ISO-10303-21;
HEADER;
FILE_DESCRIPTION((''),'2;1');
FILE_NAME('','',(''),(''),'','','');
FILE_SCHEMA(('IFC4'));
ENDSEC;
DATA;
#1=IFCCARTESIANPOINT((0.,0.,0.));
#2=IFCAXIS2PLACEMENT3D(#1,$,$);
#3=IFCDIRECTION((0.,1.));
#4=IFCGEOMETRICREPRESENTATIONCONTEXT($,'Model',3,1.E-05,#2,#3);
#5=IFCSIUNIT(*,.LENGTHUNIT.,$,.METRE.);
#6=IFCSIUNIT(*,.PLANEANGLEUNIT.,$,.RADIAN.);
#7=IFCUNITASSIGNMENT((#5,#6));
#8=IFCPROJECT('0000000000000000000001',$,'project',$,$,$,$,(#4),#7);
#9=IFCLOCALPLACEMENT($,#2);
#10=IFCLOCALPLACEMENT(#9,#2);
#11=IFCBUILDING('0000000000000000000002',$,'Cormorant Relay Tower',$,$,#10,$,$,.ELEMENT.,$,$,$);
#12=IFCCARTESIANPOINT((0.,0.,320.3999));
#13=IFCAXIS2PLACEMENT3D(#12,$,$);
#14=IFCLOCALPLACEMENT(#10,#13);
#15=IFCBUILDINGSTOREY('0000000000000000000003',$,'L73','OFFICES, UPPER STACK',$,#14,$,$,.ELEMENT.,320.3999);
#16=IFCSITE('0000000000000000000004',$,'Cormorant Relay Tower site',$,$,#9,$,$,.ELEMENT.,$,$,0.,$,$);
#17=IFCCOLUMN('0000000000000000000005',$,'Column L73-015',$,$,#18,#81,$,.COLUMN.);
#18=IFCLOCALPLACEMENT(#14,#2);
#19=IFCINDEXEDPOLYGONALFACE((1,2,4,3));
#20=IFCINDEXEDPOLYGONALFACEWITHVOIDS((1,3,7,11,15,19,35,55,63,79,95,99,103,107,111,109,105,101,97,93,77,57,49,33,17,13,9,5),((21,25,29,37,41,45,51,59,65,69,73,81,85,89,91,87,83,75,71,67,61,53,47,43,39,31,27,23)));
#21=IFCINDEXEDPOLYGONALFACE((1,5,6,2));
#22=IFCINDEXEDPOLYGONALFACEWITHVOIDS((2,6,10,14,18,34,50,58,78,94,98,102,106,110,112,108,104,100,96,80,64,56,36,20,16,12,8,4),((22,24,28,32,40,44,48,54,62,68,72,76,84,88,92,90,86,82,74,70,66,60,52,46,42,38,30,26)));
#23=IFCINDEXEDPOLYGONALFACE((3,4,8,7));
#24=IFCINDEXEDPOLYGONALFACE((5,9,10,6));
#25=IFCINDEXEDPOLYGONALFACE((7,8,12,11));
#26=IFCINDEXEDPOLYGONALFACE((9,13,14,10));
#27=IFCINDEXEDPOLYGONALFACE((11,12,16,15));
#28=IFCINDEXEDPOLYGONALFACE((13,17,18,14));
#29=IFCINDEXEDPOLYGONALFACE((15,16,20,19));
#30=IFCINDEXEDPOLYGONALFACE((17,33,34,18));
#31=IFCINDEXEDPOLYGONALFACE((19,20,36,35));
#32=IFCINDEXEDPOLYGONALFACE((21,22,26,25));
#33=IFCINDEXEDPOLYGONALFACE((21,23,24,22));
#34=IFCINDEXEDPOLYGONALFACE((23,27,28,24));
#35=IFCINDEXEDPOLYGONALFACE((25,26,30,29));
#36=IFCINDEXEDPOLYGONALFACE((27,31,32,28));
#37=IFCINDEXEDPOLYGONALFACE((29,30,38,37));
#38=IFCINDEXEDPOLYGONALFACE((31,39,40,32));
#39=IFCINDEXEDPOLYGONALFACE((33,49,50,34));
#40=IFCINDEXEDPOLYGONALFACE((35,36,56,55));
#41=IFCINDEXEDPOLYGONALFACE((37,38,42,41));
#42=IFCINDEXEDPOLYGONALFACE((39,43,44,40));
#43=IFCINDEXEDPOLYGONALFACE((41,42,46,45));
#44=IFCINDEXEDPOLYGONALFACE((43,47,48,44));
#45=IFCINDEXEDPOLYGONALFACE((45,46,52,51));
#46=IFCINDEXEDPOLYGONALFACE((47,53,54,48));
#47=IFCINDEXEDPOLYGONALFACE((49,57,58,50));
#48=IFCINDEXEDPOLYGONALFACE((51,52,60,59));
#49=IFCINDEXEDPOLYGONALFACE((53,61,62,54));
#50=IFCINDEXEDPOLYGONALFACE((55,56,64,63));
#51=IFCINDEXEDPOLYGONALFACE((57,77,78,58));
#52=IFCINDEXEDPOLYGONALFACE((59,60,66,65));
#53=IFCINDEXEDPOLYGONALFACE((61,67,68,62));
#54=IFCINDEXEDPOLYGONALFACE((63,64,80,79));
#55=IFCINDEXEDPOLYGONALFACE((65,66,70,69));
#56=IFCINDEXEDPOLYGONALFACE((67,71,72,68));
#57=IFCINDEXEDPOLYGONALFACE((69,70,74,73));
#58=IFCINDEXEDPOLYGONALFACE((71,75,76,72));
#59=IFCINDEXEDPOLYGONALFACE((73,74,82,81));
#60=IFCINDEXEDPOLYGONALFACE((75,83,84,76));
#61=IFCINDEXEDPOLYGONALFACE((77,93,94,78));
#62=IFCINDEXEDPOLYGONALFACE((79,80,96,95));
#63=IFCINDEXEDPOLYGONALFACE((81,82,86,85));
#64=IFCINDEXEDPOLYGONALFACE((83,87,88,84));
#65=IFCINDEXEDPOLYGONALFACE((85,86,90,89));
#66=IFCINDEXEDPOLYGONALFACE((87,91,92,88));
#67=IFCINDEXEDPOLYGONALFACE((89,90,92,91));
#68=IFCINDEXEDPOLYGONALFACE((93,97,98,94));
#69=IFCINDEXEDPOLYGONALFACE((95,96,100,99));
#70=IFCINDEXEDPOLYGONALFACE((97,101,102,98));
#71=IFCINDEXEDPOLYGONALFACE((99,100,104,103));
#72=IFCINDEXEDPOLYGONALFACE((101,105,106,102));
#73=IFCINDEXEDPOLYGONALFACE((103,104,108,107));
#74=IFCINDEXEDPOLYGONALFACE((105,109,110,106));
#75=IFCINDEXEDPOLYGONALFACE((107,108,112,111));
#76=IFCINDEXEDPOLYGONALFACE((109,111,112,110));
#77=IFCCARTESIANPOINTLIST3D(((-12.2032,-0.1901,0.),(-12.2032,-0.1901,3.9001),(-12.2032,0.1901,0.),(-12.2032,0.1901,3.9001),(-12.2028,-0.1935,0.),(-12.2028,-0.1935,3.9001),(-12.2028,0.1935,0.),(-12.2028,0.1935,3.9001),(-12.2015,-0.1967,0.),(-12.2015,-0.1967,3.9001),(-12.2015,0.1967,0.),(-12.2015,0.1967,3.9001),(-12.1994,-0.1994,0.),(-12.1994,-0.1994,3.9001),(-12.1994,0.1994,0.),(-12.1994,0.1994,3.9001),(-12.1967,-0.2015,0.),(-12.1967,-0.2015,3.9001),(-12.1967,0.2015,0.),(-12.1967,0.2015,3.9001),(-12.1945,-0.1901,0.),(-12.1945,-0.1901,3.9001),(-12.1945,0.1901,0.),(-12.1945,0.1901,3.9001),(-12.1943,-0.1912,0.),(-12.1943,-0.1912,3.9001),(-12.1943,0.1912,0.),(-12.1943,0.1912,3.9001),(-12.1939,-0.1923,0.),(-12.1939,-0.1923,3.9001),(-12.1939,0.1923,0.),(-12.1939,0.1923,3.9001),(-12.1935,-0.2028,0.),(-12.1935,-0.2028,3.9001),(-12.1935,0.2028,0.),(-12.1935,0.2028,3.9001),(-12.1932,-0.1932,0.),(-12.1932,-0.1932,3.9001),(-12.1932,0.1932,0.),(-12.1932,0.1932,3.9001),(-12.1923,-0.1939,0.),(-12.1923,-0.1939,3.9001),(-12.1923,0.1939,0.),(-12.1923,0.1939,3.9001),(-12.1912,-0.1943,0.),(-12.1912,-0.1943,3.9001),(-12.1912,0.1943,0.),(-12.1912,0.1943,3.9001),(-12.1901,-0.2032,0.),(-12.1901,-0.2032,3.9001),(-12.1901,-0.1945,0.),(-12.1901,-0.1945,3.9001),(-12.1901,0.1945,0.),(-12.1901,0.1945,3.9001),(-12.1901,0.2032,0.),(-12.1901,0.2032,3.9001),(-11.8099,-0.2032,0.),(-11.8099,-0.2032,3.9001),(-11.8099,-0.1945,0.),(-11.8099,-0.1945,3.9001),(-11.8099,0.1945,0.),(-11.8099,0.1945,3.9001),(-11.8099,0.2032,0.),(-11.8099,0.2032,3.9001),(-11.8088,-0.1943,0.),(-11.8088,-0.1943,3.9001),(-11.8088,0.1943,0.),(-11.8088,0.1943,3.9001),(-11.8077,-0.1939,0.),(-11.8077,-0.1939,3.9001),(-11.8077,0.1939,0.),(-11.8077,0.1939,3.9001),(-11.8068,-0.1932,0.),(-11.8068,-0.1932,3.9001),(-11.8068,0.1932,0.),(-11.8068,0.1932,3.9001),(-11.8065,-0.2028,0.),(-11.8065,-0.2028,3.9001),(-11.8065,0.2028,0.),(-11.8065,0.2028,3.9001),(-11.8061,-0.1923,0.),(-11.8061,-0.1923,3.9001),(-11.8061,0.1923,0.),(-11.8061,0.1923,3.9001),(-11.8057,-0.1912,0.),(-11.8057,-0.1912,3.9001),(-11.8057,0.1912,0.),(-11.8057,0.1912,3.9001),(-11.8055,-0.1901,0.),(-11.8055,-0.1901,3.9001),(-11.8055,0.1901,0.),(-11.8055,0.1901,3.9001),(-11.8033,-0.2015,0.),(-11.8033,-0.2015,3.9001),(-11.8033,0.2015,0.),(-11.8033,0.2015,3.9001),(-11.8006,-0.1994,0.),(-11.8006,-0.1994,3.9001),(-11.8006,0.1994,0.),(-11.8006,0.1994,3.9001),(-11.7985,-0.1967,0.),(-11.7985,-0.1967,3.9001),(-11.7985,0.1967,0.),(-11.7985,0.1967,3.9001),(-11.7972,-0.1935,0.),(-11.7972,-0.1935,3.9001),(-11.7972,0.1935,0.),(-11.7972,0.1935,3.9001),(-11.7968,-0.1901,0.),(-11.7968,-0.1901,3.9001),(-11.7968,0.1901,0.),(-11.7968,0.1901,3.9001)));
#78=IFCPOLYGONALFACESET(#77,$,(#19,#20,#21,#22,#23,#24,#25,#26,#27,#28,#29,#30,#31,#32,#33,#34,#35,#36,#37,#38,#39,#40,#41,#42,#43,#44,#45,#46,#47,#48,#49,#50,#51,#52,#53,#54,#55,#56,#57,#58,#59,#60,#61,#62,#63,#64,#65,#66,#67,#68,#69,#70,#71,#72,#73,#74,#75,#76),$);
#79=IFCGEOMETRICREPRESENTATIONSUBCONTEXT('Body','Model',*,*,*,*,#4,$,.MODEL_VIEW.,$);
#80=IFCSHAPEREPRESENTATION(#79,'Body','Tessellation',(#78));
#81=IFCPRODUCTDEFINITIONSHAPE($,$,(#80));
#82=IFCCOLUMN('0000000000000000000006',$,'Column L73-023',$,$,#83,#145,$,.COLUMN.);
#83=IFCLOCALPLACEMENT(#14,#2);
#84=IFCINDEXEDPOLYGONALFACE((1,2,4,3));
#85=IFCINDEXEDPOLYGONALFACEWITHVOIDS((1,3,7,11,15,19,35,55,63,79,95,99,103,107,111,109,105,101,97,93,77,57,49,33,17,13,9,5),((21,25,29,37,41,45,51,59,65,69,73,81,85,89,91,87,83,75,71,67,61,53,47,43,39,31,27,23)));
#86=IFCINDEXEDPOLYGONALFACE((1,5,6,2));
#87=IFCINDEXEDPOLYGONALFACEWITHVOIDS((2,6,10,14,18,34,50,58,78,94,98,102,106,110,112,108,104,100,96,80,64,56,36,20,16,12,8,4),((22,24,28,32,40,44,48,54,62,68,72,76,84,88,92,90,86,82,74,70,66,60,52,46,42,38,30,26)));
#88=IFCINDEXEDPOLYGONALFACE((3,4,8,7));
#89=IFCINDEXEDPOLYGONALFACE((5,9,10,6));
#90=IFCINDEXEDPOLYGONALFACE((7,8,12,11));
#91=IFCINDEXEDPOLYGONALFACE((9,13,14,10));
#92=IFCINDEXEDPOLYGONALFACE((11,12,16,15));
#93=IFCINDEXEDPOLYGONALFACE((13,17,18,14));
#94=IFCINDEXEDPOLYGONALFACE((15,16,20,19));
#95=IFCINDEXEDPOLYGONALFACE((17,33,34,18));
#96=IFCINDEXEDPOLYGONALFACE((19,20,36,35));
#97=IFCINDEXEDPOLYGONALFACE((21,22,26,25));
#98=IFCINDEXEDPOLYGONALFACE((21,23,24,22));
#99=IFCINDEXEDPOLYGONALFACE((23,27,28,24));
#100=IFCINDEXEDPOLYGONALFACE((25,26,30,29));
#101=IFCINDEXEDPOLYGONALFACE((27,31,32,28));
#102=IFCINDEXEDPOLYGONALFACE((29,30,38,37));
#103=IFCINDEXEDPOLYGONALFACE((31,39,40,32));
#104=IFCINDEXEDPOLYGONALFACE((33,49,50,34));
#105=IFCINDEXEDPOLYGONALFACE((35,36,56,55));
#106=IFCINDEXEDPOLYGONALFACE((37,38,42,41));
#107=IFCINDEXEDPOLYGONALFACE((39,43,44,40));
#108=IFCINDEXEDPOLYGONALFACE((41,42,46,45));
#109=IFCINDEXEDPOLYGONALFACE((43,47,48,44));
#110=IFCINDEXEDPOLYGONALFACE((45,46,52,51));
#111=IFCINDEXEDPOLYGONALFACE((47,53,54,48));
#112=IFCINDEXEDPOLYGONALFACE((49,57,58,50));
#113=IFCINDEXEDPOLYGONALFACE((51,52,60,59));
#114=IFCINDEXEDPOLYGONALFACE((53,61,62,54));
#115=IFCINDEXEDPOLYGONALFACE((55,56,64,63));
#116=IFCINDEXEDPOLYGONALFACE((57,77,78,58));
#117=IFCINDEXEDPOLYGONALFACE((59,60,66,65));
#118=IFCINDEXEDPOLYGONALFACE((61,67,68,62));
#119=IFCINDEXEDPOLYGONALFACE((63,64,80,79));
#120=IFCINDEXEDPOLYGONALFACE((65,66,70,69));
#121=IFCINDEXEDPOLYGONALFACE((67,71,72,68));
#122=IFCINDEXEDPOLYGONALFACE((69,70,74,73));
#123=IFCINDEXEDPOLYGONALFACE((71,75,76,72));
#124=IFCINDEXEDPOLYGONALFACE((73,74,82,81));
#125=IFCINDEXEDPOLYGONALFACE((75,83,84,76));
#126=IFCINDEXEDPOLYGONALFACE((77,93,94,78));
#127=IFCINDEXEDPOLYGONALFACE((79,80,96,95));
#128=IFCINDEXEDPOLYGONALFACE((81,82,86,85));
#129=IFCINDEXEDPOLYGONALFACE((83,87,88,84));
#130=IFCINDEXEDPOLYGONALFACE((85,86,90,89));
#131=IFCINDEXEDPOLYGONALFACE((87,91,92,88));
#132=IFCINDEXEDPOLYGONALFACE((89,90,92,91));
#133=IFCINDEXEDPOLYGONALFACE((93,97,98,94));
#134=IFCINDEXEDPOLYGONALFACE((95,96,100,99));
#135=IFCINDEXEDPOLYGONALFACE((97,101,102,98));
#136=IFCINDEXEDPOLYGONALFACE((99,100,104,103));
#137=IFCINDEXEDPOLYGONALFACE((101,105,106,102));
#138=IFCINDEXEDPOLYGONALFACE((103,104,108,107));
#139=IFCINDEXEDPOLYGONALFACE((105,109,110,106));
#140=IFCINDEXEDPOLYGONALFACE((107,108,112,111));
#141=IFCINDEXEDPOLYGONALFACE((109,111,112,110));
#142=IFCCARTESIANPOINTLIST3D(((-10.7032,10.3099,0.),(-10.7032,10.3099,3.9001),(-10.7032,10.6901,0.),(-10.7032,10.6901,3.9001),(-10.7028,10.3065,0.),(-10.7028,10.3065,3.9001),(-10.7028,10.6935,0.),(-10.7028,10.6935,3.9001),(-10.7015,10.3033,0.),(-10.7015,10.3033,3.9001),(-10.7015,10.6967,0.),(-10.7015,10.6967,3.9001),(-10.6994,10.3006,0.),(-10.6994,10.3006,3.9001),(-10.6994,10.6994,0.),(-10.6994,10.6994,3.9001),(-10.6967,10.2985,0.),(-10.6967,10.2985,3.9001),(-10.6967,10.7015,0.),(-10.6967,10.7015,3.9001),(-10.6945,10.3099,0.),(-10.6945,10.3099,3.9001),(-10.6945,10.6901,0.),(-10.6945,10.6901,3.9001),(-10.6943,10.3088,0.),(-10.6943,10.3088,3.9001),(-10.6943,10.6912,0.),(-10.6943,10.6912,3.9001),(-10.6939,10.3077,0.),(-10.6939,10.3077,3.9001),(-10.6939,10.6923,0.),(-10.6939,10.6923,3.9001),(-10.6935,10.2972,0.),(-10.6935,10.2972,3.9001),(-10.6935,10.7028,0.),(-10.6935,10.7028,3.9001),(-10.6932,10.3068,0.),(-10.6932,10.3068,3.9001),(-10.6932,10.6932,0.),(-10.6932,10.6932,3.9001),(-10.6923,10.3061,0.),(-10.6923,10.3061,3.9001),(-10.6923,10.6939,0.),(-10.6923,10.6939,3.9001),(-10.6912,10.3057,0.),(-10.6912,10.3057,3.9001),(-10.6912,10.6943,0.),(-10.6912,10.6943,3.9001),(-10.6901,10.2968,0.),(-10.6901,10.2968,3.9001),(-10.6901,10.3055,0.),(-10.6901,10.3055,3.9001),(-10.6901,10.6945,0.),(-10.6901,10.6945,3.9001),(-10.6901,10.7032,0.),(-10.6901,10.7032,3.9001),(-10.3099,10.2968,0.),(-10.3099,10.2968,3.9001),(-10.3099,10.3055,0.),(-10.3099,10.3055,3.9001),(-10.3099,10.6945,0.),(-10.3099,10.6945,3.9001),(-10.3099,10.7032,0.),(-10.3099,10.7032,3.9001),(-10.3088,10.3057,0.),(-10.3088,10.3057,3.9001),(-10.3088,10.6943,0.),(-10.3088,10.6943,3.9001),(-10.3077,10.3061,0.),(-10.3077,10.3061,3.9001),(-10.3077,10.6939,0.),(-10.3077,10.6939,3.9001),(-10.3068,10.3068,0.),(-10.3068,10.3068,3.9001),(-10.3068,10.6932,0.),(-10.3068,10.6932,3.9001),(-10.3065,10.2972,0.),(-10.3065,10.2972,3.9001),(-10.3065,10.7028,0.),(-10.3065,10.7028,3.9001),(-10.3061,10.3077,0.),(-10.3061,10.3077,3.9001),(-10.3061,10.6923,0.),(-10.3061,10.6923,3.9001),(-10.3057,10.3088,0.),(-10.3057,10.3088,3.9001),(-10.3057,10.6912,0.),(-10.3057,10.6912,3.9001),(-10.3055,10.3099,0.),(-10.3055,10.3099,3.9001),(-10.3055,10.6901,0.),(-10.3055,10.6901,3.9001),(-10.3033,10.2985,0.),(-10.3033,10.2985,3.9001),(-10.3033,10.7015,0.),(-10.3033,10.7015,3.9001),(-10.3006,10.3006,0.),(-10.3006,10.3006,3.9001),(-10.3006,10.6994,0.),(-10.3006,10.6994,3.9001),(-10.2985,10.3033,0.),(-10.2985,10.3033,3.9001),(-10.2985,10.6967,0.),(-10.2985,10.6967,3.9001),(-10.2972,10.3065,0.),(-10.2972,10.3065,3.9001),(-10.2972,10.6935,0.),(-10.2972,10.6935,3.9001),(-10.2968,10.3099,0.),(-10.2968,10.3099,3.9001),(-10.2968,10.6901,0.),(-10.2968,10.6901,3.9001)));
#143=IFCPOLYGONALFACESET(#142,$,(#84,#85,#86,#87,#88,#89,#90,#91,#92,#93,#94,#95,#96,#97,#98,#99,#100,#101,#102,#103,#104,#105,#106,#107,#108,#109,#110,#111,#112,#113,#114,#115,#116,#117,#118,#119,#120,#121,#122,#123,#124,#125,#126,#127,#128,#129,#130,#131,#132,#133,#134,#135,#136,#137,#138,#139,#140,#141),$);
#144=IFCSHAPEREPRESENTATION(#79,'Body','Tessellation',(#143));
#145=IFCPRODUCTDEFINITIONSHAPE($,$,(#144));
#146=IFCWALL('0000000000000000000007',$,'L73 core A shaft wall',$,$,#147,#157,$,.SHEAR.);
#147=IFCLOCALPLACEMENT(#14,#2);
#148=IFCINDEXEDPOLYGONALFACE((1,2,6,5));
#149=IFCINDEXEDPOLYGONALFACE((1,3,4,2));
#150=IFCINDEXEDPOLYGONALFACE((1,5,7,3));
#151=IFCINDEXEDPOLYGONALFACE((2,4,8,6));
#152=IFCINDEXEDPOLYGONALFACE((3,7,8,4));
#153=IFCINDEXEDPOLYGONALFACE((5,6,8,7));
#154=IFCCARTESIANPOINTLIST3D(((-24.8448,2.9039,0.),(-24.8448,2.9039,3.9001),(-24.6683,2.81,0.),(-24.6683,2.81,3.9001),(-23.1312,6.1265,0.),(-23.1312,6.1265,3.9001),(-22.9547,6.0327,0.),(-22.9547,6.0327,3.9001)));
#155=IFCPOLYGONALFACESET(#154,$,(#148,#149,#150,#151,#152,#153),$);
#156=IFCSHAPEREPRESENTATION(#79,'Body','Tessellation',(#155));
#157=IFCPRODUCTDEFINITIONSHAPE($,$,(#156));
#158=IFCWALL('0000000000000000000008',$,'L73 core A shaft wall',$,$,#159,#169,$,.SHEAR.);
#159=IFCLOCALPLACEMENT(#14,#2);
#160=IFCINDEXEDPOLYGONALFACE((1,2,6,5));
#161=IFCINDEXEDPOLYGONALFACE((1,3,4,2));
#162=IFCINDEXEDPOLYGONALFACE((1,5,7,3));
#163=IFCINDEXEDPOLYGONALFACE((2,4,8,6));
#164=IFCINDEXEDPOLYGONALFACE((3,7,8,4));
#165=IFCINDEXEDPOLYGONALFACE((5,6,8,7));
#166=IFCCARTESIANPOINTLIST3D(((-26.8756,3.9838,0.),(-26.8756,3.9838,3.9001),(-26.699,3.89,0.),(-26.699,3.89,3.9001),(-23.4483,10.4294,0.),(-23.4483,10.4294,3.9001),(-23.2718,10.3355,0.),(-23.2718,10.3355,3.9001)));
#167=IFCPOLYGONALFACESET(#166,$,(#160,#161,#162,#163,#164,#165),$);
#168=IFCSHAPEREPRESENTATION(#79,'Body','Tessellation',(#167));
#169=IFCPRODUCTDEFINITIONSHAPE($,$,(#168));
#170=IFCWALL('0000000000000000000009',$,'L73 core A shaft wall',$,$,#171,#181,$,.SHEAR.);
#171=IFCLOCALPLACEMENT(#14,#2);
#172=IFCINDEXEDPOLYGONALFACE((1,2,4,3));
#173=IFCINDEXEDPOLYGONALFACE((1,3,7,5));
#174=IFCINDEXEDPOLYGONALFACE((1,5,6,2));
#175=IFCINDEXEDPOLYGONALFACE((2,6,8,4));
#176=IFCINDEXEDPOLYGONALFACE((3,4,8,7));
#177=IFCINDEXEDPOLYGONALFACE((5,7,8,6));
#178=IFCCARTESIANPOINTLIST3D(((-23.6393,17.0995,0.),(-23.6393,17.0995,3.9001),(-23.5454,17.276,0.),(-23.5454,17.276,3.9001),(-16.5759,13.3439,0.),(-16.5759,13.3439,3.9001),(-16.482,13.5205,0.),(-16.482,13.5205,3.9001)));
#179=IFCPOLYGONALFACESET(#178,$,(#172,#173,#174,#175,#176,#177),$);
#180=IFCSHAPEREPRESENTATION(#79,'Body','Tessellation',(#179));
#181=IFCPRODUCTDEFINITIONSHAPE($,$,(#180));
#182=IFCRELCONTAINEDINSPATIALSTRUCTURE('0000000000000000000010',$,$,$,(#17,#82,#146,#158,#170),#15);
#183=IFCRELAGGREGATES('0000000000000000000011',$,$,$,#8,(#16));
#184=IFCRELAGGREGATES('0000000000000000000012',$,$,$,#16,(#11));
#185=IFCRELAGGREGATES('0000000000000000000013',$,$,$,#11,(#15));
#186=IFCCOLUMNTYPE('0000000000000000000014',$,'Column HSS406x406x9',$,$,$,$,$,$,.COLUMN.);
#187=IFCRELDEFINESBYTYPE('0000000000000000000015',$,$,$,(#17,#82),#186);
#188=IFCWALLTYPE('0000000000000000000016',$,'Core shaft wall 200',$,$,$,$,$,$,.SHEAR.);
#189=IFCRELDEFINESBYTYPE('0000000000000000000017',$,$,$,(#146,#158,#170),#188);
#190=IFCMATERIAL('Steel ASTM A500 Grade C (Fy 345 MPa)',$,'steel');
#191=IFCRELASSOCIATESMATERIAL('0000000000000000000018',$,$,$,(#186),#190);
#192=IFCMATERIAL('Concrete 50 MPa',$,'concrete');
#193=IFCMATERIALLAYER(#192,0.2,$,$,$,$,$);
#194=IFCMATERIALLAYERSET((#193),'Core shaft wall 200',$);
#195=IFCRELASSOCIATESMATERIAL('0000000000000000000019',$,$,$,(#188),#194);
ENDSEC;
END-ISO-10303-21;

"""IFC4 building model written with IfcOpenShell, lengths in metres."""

from ifc_helpers import new_model, si_unit, direction, frame, frame_2d, origin, origin_2d, place, context, subcontext, project, spatial, rectangle, hollow_rectangle, extrude, material, layer, layer_set, material_profile, profile_set, type_object, element, save


model = new_model("IFC4")

# Units and contexts
model_context = context("Model", 3, precision=1e-05, world=origin(), true_north=direction((0.0, 1.0)))
body_context = subcontext(model_context, "Body", "Model", "MODEL_VIEW")
ifc_project = project(units=[si_unit("LENGTHUNIT", "METRE"), si_unit("PLANEANGLEUNIT", "RADIAN")], contexts=[model_context])

# Site, building, storey
site_placement = place(None, origin())
site = spatial("IfcSite", under=ifc_project, at=site_placement, Name="Cormorant Relay Tower site", CompositionType="ELEMENT", RefElevation=0.0)
building_placement = place(site_placement, origin())
building = spatial("IfcBuilding", under=site, at=building_placement, Name="Cormorant Relay Tower", CompositionType="ELEMENT")
storey_placement = place(building_placement, frame((0.0, 0.0, 320.3999)))
storey = spatial("IfcBuildingStorey", under=building, at=storey_placement, Name="L73", Description="OFFICES, UPPER STACK", CompositionType="ELEMENT", Elevation=320.3999)

# Columns
ifc_material_1 = material(Name="Steel ASTM A500 Grade C (Fy 345 MPa)", Category="steel")
ifc_material_profile = material_profile(ifc_material_1, hollow_rectangle(XDim=0.4065, YDim=0.4065, WallThickness=0.0088, InnerFilletRadius=0.0044, OuterFilletRadius=0.0132, at=origin_2d()), Name="HSS406x406x9")
ifc_profile_set = profile_set([ifc_material_profile], Name="Steel ASTM A500 Grade C (Fy 345 MPa)")
column_type = type_object("IfcColumnType", Name="Column HSS406x406x9", PredefinedType="COLUMN", material=ifc_profile_set)
for number, where, z_axis, x_axis, name in (
    (1, (-12.0, 0.0, 0.0), (0.0, 0.0, 1.0), (1.0, 0.0, 0.0), "Column L73-015"),
    (2, (-10.5, 10.5, 0.0), (0.0, 0.0, 1.0), (1.0, 0.0, 0.0), "Column L73-023"),
):
    element("IfcColumn", number, at=place(storey_placement, frame(where, z_axis=z_axis, x_axis=x_axis)), inside=storey, type_object=column_type, Name=name, PredefinedType="COLUMN", context=body_context, shape_type="SweptSolid", body=[
        extrude(hollow_rectangle(XDim=0.4065, YDim=0.4065, WallThickness=0.0088, InnerFilletRadius=0.0044, OuterFilletRadius=0.0132, at=origin_2d()), origin(), (0.0, 0.0, 1.0), 3.9001),
    ])

# Walls
ifc_material_2 = material(Name="Concrete 50 MPa", Category="concrete")
ifc_layer_1 = layer(ifc_material_2, 0.2)
ifc_layer_set_1 = layer_set([ifc_layer_1], Name="Core shaft wall 200")
wall_type_1 = type_object("IfcWallType", Name="Core shaft wall 200", PredefinedType="SHEAR", material=ifc_layer_set_1)
wall_1_placement = place(storey_placement, frame((-23.043, 6.0796, 0.0), z_axis=(0.0, 0.0, 1.0), x_axis=(-0.469494, -0.882936, 0.0)))
element("IfcWall", 3, at=wall_1_placement, inside=storey, type_object=wall_type_1, Name="L73 core A shaft wall", PredefinedType="SHEAR", context=body_context, shape_type="SweptSolid", body=[
    extrude(rectangle(XDim=3.6499, YDim=0.2, at=frame_2d((1.825, 0.0))), origin(), (0.0, 0.0, 1.0), 3.9001),
])
wall_2_placement = place(storey_placement, frame((-23.3601, 10.3823, 0.0), z_axis=(0.0, 0.0, 1.0), x_axis=(-0.46948, -0.882943, 0.0)))
element("IfcWall", 4, at=wall_2_placement, inside=storey, type_object=wall_type_1, Name="L73 core A shaft wall", PredefinedType="SHEAR", context=body_context, shape_type="SweptSolid", body=[
    extrude(rectangle(XDim=7.3, YDim=0.2, at=frame_2d((3.6499, 0.0))), origin(), (0.0, 0.0, 1.0), 3.9001),
])
wall_3_placement = place(storey_placement, frame((-16.5288, 13.4321, 0.0), z_axis=(0.0, 0.0, 1.0), x_axis=(-0.882953, 0.469462, 0.0)))
element("IfcWall", 5, at=wall_3_placement, inside=storey, type_object=wall_type_1, Name="L73 core A shaft wall", PredefinedType="SHEAR", context=body_context, shape_type="SweptSolid", body=[
    extrude(rectangle(XDim=7.9998, YDim=0.2, at=frame_2d((4.0, 0.0))), origin(), (0.0, 0.0, 1.0), 3.9001),
])

save(model, "model.ifc")
